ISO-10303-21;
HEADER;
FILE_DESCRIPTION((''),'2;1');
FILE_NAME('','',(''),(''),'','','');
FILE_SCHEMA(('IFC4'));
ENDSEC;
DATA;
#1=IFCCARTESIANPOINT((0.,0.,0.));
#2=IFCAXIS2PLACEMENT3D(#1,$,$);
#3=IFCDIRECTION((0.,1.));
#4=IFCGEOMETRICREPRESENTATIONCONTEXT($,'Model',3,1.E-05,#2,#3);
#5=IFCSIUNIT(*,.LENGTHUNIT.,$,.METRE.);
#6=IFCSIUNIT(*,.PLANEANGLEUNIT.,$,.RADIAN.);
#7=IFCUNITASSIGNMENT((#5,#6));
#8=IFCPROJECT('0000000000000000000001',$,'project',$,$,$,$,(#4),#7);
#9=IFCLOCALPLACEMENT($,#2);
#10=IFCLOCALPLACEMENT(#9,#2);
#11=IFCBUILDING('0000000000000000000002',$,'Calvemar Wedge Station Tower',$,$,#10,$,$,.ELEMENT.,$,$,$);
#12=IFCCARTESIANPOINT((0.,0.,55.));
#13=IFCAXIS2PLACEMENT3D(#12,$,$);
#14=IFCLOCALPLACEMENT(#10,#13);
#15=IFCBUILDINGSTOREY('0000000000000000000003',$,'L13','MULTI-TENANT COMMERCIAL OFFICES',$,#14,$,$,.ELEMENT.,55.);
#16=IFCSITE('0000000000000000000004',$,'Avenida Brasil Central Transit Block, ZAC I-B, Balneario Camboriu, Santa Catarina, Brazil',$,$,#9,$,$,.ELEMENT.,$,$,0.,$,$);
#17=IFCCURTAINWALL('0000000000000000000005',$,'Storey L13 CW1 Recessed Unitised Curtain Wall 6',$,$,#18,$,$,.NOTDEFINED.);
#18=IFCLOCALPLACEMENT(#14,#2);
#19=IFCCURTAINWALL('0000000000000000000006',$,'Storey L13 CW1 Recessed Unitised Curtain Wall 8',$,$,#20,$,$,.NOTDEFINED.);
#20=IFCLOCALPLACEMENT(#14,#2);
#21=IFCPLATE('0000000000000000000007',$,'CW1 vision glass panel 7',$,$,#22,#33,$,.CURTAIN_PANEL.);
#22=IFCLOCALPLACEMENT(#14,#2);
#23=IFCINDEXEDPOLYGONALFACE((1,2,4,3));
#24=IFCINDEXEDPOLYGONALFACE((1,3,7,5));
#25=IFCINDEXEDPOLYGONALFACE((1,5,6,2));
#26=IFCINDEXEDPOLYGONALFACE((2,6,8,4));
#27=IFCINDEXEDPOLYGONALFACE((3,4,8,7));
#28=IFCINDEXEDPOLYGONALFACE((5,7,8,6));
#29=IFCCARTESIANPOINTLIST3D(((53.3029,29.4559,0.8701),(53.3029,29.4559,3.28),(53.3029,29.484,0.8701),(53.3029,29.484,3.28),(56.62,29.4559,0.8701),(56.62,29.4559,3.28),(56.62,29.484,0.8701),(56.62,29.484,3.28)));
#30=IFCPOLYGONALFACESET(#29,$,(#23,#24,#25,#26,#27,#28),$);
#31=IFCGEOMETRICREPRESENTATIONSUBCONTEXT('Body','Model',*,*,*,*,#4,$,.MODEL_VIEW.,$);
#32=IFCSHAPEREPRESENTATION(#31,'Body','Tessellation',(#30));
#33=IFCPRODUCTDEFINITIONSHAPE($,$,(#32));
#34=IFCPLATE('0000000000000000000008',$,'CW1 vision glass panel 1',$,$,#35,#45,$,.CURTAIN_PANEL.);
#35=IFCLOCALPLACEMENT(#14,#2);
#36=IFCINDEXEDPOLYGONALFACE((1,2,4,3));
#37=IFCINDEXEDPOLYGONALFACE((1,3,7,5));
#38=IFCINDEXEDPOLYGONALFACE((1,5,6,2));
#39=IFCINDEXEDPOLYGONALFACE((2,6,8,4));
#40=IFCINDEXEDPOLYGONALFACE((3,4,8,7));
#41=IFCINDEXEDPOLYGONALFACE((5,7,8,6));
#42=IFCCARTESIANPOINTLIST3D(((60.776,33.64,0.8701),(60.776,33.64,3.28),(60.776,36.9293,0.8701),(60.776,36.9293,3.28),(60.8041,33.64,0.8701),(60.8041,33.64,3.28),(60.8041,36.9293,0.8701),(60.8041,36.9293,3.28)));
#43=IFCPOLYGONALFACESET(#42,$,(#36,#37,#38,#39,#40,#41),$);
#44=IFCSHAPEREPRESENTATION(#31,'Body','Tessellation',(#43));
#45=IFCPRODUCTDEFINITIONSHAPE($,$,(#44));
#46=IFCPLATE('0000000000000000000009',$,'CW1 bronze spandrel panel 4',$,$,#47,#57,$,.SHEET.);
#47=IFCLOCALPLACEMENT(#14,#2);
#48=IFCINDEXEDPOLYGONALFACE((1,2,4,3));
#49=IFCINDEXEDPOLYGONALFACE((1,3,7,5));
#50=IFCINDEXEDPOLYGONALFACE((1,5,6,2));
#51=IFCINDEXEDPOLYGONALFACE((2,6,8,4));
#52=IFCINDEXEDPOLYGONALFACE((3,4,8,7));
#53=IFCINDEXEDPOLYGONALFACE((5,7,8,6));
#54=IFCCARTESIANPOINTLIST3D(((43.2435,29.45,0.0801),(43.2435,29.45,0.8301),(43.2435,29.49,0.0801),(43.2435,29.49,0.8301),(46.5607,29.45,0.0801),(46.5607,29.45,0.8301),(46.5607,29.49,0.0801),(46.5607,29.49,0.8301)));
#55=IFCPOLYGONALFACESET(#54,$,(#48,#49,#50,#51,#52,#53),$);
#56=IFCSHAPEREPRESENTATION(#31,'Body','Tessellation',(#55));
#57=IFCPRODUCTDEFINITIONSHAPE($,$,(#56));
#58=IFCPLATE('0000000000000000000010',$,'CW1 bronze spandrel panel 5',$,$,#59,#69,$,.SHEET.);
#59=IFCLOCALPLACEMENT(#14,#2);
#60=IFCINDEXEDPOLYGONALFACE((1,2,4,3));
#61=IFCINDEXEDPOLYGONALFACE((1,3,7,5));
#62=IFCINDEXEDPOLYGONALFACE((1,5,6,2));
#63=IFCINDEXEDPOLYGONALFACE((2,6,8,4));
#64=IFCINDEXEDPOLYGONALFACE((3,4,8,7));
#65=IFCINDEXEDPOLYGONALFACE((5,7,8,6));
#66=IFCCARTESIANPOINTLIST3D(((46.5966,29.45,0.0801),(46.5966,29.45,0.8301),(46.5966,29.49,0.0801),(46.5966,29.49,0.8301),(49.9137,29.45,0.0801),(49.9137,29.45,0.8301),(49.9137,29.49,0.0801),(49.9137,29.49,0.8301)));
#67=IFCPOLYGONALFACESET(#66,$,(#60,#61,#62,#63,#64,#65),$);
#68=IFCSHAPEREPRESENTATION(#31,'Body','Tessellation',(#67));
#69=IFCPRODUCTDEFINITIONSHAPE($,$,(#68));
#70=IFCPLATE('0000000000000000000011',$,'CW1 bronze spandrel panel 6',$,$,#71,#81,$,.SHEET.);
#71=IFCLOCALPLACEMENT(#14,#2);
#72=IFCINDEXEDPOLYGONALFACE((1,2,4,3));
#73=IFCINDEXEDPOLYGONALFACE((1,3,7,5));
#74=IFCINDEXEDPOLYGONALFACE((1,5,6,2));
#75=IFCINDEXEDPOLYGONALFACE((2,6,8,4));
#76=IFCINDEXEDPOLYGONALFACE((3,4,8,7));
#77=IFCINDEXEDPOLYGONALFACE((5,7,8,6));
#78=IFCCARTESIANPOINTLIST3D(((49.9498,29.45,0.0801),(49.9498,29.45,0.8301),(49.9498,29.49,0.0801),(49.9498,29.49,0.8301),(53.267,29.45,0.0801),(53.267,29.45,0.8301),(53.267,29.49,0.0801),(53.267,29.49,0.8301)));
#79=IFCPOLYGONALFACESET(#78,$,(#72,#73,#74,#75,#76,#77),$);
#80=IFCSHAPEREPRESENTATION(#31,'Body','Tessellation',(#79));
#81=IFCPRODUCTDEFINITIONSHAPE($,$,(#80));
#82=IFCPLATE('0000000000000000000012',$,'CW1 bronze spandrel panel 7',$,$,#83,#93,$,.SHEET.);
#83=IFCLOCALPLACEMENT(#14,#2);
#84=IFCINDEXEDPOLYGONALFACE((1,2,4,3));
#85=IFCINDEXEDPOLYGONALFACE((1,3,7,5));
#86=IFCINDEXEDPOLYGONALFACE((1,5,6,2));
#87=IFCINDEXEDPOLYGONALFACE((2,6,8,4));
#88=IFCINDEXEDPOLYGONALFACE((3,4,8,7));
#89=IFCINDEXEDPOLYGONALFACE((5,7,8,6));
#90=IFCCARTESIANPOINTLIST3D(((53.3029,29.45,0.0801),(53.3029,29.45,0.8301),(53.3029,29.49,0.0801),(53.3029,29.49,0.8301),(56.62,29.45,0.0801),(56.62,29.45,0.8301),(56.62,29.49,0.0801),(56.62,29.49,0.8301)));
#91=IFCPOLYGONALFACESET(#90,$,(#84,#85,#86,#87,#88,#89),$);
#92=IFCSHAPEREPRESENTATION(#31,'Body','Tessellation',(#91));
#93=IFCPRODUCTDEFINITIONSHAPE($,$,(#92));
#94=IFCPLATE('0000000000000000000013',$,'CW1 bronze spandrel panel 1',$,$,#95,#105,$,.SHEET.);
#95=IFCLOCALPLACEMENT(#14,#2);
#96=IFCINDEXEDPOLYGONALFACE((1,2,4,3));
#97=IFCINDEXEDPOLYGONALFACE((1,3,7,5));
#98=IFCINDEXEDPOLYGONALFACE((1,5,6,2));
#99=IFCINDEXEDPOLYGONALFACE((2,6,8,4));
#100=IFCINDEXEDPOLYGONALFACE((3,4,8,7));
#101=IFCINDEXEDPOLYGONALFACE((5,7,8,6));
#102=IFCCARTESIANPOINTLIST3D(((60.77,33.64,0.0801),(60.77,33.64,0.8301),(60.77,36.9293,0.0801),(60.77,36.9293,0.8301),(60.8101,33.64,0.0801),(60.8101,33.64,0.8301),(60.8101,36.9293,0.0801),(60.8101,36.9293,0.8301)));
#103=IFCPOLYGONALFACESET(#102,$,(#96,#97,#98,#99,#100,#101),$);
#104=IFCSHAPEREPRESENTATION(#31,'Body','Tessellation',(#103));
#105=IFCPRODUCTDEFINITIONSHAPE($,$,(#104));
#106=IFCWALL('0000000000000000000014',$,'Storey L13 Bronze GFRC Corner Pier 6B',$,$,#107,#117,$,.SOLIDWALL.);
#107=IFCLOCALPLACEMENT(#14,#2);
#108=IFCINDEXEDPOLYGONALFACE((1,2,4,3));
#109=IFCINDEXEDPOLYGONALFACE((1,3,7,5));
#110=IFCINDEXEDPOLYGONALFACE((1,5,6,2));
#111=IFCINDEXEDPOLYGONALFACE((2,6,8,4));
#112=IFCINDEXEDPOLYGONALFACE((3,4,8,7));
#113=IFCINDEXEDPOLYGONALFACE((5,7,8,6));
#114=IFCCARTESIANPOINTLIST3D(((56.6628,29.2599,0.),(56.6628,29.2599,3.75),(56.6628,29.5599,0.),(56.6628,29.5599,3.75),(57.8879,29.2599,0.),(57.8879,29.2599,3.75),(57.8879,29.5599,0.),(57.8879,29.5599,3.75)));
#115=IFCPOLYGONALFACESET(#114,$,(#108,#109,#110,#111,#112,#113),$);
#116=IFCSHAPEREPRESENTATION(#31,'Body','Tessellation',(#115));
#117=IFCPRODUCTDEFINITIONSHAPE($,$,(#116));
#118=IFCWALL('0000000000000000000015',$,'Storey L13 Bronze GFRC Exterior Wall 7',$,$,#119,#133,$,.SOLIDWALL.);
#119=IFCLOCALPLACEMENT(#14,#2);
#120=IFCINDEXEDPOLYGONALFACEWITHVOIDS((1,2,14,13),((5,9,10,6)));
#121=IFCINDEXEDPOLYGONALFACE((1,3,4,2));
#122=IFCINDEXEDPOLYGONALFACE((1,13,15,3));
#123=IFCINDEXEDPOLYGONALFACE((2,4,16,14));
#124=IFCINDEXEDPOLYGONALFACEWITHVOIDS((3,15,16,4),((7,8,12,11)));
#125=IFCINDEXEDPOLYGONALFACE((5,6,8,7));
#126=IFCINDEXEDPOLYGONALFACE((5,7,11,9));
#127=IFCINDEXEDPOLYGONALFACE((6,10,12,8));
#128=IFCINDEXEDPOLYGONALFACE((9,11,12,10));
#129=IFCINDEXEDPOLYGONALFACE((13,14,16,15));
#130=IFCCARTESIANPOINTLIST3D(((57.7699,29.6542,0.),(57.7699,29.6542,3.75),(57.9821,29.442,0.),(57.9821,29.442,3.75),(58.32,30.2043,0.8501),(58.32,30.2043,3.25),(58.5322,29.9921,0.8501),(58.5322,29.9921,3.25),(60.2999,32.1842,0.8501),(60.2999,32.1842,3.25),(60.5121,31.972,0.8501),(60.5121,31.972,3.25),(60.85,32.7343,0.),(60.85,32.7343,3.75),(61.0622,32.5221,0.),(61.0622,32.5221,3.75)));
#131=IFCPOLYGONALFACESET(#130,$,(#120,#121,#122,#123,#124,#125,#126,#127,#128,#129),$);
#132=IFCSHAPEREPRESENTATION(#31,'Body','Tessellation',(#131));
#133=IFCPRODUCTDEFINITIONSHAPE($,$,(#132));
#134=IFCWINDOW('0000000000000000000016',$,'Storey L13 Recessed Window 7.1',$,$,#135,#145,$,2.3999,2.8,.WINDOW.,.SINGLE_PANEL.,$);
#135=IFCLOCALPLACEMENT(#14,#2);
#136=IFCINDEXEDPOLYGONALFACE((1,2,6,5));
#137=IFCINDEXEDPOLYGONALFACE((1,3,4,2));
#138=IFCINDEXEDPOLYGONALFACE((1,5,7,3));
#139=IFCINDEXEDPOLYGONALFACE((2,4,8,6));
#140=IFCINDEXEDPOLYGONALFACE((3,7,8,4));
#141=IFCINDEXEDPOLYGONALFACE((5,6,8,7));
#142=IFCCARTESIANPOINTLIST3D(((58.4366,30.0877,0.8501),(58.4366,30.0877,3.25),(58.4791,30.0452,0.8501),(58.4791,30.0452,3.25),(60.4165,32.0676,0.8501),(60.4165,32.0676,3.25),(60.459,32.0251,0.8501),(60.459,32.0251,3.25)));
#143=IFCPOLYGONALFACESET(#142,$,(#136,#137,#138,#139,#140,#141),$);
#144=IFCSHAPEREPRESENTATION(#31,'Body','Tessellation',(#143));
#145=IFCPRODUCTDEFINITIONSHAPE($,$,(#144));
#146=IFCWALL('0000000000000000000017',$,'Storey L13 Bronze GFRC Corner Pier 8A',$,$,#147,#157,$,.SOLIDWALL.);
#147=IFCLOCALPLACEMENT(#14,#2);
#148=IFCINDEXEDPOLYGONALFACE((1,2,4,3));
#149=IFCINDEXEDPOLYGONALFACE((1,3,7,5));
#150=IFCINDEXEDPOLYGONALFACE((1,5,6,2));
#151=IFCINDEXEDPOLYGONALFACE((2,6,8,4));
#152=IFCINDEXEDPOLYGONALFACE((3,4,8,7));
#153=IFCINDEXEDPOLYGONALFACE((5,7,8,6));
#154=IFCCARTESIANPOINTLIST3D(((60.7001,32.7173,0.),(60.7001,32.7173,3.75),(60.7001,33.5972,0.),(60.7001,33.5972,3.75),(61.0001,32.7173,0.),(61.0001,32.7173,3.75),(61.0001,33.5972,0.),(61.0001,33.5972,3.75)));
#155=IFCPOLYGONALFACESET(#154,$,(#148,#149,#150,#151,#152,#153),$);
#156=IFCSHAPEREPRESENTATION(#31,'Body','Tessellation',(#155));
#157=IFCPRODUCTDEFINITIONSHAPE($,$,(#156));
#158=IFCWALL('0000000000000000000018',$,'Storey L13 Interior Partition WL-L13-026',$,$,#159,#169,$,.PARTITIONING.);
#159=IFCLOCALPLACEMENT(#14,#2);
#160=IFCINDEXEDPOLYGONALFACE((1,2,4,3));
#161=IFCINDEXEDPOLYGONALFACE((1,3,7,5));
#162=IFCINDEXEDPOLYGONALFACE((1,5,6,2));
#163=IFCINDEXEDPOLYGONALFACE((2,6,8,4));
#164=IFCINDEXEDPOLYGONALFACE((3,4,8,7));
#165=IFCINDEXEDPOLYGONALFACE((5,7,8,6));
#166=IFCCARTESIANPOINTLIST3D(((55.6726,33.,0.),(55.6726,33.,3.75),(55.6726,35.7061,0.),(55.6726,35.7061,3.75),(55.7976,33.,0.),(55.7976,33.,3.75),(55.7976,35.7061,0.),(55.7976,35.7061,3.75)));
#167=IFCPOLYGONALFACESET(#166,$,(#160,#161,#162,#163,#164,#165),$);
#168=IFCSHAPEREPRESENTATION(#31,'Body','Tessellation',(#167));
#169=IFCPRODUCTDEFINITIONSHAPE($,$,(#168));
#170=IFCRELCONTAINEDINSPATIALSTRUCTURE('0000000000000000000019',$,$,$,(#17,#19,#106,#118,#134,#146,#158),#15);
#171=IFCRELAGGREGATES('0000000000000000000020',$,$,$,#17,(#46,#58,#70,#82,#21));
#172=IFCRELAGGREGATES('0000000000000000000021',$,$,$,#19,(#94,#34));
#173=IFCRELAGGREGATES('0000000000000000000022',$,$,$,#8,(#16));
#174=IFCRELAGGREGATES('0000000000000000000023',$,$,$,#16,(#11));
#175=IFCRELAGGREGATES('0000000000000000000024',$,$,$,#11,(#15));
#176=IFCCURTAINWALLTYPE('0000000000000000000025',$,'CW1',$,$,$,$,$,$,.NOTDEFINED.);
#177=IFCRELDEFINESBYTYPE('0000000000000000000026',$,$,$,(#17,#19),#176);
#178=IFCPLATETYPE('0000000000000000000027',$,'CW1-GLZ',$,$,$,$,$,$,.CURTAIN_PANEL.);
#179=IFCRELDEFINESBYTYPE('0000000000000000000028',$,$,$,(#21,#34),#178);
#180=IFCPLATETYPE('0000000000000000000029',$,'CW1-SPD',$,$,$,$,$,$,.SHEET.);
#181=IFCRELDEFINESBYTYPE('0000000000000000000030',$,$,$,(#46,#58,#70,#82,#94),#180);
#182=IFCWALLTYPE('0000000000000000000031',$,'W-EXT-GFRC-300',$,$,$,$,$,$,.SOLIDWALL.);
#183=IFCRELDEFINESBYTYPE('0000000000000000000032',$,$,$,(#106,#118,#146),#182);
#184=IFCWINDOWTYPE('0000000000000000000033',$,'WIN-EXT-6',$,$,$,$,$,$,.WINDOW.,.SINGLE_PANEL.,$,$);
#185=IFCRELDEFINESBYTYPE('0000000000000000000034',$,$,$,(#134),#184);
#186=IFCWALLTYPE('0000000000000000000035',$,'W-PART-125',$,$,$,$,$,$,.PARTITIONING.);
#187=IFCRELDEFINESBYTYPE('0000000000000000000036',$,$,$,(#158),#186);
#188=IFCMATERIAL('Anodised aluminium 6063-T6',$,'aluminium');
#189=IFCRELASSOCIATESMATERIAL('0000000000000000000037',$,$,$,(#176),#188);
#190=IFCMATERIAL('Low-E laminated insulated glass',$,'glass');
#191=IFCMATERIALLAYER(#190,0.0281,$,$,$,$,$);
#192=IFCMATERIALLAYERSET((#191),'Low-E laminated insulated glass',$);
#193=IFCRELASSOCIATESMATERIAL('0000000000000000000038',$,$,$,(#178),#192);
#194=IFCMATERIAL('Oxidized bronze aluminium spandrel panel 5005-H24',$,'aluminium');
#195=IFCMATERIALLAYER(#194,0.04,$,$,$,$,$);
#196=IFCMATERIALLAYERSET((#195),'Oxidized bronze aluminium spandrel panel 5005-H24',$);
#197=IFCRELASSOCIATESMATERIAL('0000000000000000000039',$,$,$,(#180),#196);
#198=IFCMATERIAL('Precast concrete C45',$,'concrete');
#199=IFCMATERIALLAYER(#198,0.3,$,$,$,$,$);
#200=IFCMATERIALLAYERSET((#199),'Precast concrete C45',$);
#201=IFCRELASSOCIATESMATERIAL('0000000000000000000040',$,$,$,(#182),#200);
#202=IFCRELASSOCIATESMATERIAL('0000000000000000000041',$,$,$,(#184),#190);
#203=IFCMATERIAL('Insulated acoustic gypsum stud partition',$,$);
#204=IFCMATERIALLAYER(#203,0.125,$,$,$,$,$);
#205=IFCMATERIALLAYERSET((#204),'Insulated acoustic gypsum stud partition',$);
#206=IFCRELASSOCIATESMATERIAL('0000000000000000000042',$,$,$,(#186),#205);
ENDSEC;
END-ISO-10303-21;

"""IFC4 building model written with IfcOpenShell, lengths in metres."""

from ifc_helpers import new_model, si_unit, direction, frame, frame_2d, origin, place, context, subcontext, project, spatial, rectangle, extrude, source, transform, mapped, material, layer, layer_set, type_object, element, fill, aggregate, save


model = new_model("IFC4")

# Units and contexts
model_context = context("Model", 3, precision=1e-05, world=origin(), true_north=direction((0.0, 1.0)))
body_context = subcontext(model_context, "Body", "Model", "MODEL_VIEW")
ifc_project = project(units=[si_unit("LENGTHUNIT", "METRE"), si_unit("PLANEANGLEUNIT", "RADIAN")], contexts=[model_context])

# Site, building, storey
site_placement = place(None, origin())
site = spatial("IfcSite", under=ifc_project, at=site_placement, Name="Avenida Brasil Central Transit Block, ZAC I-B, Balneario Camboriu, Santa Catarina, Brazil", CompositionType="ELEMENT", RefElevation=0.0)
building_placement = place(site_placement, origin())
building = spatial("IfcBuilding", under=site, at=building_placement, Name="Calvemar Wedge Station Tower", CompositionType="ELEMENT")
storey_placement = place(building_placement, frame((0.0, 0.0, 55.0)))
storey = spatial("IfcBuildingStorey", under=building, at=storey_placement, Name="L13", Description="MULTI-TENANT COMMERCIAL OFFICES", CompositionType="ELEMENT", Elevation=55.0)

# Curtain walls
ifc_material_1 = material(Name="Anodised aluminium 6063-T6", Category="aluminium")
curtain_wall_type = type_object("IfcCurtainWallType", Name="CW1", PredefinedType="NOTDEFINED", material=ifc_material_1)
curtain_wall_1_placement = place(storey_placement, origin())
curtain_wall_1 = element("IfcCurtainWall", 1, at=curtain_wall_1_placement, inside=storey, type_object=curtain_wall_type, Name="Storey L13 CW1 Recessed Unitised Curtain Wall 6", PredefinedType="NOTDEFINED")
curtain_wall_2_placement = place(storey_placement, origin())
curtain_wall_2 = element("IfcCurtainWall", 2, at=curtain_wall_2_placement, inside=storey, type_object=curtain_wall_type, Name="Storey L13 CW1 Recessed Unitised Curtain Wall 8", PredefinedType="NOTDEFINED")

# Plates
ifc_material_2 = material(Name="Low-E laminated insulated glass", Category="glass")
ifc_layer_1 = layer(ifc_material_2, 0.0281)
ifc_layer_set_1 = layer_set([ifc_layer_1], Name="Low-E laminated insulated glass")
plate_type_1 = type_object("IfcPlateType", Name="CW1-GLZ", PredefinedType="CURTAIN_PANEL", material=ifc_layer_set_1)
plate_1_placement = place(storey_placement, frame((53.3027, 29.47, 0.8701), z_axis=(0.0, 0.0, 1.0), x_axis=(1.0, 0.0, 0.0)))
plate_1 = element("IfcPlate", 3, at=plate_1_placement, type_object=plate_type_1, Name="CW1 vision glass panel 7", PredefinedType="CURTAIN_PANEL", context=body_context, shape_type="SweptSolid", body=[
    extrude(rectangle(XDim=3.3171, YDim=0.0281, at=frame_2d((1.6587, 0.0))), origin(), (0.0, 0.0, 1.0), 2.4099),
])
plate_2_placement = place(storey_placement, frame((60.79, 33.6401, 0.8701), z_axis=(0.0, 0.0, 1.0), x_axis=(0.0, 1.0, 0.0)))
plate_2 = element("IfcPlate", 4, at=plate_2_placement, type_object=plate_type_1, Name="CW1 vision glass panel 1", PredefinedType="CURTAIN_PANEL", context=body_context, shape_type="SweptSolid", body=[
    extrude(rectangle(XDim=3.2893, YDim=0.0281, at=frame_2d((1.6445, 0.0))), origin(), (0.0, 0.0, 1.0), 2.4099),
])
ifc_material_3 = material(Name="Oxidized bronze aluminium spandrel panel 5005-H24", Category="aluminium")
ifc_layer_2 = layer(ifc_material_3, 0.04)
ifc_layer_set_2 = layer_set([ifc_layer_2], Name="Oxidized bronze aluminium spandrel panel 5005-H24")
plate_type_2 = type_object("IfcPlateType", Name="CW1-SPD", PredefinedType="SHEET", material=ifc_layer_set_2)
plate_3_placement = place(storey_placement, frame((43.2434, 29.47, 0.0801), z_axis=(0.0, 0.0, 1.0), x_axis=(1.0, 0.0, 0.0)))
plate_3 = element("IfcPlate", 5, at=plate_3_placement, type_object=plate_type_2, Name="CW1 bronze spandrel panel 4", PredefinedType="SHEET", context=body_context, shape_type="SweptSolid", body=[
    extrude(rectangle(XDim=3.3171, YDim=0.04, at=frame_2d((1.6587, 0.0))), origin(), (0.0, 0.0, 1.0), 0.75),
])
plate_4_placement = place(storey_placement, frame((46.5964, 29.47, 0.0801), z_axis=(0.0, 0.0, 1.0), x_axis=(1.0, 0.0, 0.0)))
plate_4 = element("IfcPlate", 6, at=plate_4_placement, type_object=plate_type_2, Name="CW1 bronze spandrel panel 5", PredefinedType="SHEET", context=body_context, shape_type="SweptSolid", body=[
    extrude(rectangle(XDim=3.3171, YDim=0.04, at=frame_2d((1.6587, 0.0))), origin(), (0.0, 0.0, 1.0), 0.75),
])
plate_5_placement = place(storey_placement, frame((49.9497, 29.47, 0.0801), z_axis=(0.0, 0.0, 1.0), x_axis=(1.0, 0.0, 0.0)))
plate_5 = element("IfcPlate", 7, at=plate_5_placement, type_object=plate_type_2, Name="CW1 bronze spandrel panel 6", PredefinedType="SHEET", context=body_context, shape_type="SweptSolid", body=[
    extrude(rectangle(XDim=3.3171, YDim=0.04, at=frame_2d((1.6587, 0.0))), origin(), (0.0, 0.0, 1.0), 0.75),
])
plate_6_placement = place(storey_placement, frame((53.3027, 29.47, 0.0801), z_axis=(0.0, 0.0, 1.0), x_axis=(1.0, 0.0, 0.0)))
plate_6 = element("IfcPlate", 8, at=plate_6_placement, type_object=plate_type_2, Name="CW1 bronze spandrel panel 7", PredefinedType="SHEET", context=body_context, shape_type="SweptSolid", body=[
    extrude(rectangle(XDim=3.3171, YDim=0.04, at=frame_2d((1.6587, 0.0))), origin(), (0.0, 0.0, 1.0), 0.75),
])
aggregate(curtain_wall_1, [plate_3, plate_4, plate_5, plate_6, plate_1])
plate_7_placement = place(storey_placement, frame((60.79, 33.6401, 0.0801), z_axis=(0.0, 0.0, 1.0), x_axis=(0.0, 1.0, 0.0)))
plate_7 = element("IfcPlate", 9, at=plate_7_placement, type_object=plate_type_2, Name="CW1 bronze spandrel panel 1", PredefinedType="SHEET", context=body_context, shape_type="SweptSolid", body=[
    extrude(rectangle(XDim=3.2893, YDim=0.04, at=frame_2d((1.6445, 0.0))), origin(), (0.0, 0.0, 1.0), 0.75),
])
aggregate(curtain_wall_2, [plate_7, plate_2])

# Wall
ifc_material_4 = material(Name="Precast concrete C45", Category="concrete")
ifc_layer_3 = layer(ifc_material_4, 0.3)
ifc_layer_set_3 = layer_set([ifc_layer_3], Name="Precast concrete C45")
wall_type_1 = type_object("IfcWallType", Name="W-EXT-GFRC-300", PredefinedType="SOLIDWALL", material=ifc_layer_set_3)
wall_1_placement = place(storey_placement, frame((56.6628, 29.4099, 0.0), z_axis=(0.0, 0.0, 1.0), x_axis=(1.0, 0.0, 0.0)))
element("IfcWall", 10, at=wall_1_placement, inside=storey, type_object=wall_type_1, Name="Storey L13 Bronze GFRC Corner Pier 6B", PredefinedType="SOLIDWALL", context=body_context, shape_type="SweptSolid", body=[
    extrude(rectangle(XDim=1.2251, YDim=0.3, at=frame_2d((0.6125, 0.0))), origin(), (0.0, 0.0, 1.0), 3.75),
])

# Wall, opening, window
wall_2_placement = place(storey_placement, frame((57.876, 29.5481, 0.0), z_axis=(0.0, 0.0, 1.0), x_axis=(0.707107, 0.707107, 0.0)))
wall_2 = element("IfcWall", 11, at=wall_2_placement, inside=storey, type_object=wall_type_1, Name="Storey L13 Bronze GFRC Exterior Wall 7", PredefinedType="SOLIDWALL", context=body_context, shape_type="SweptSolid", body=[
    extrude(rectangle(XDim=4.356, YDim=0.3, at=frame_2d((2.178, 0.0))), origin(), (0.0, 0.0, 1.0), 3.75),
])
shared_shape_1 = source(origin(), body_context, "Body", "SweptSolid", [
    extrude(rectangle(XDim=2.8, YDim=2.3999, at=frame_2d((1.3999, 1.2))), frame((0.0, 0.1602, 0.0), z_axis=(0.0, -1.0, 0.0), x_axis=(1.0, 0.0, 0.0)), (0.0, 0.0, 1.0), 0.3201),
])
opening_placement = place(wall_2_placement, frame((0.7781, 0.0, 0.8501)))
opening = element("IfcOpeningElement", 12, at=opening_placement, cuts=wall_2, PredefinedType="OPENING", context=body_context, shape_type="MappedRepresentation", body=[
    mapped(shared_shape_1, transform((0.0, 0.0, 0.0), scale=1.0)),
])
window_type = type_object("IfcWindowType", Name="WIN-EXT-6", PartitioningType="SINGLE_PANEL", PredefinedType="WINDOW", material=ifc_material_2)
shared_shape_2 = source(origin(), body_context, "Body", "SweptSolid", [
    extrude(rectangle(XDim=2.8, YDim=2.3999, at=frame_2d((1.3999, 1.2))), frame((0.0, -0.0149, 0.0), z_axis=(0.0, -1.0, 0.0), x_axis=(1.0, 0.0, 0.0)), (0.0, 0.0, 1.0), 0.0601),
])
window_placement = place(opening_placement, origin())
window = element("IfcWindow", 13, at=window_placement, inside=storey, type_object=window_type, Name="Storey L13 Recessed Window 7.1", OverallHeight=2.3999, OverallWidth=2.8, PartitioningType="SINGLE_PANEL", PredefinedType="WINDOW", context=body_context, shape_type="MappedRepresentation", body=[
    mapped(shared_shape_2, transform((0.0, 0.0, 0.0), scale=1.0)),
])
fill(opening, window)

# Walls
wall_3_placement = place(storey_placement, frame((60.8501, 32.7173, 0.0), z_axis=(0.0, 0.0, 1.0), x_axis=(0.0, 1.0, 0.0)))
element("IfcWall", 14, at=wall_3_placement, inside=storey, type_object=wall_type_1, Name="Storey L13 Bronze GFRC Corner Pier 8A", PredefinedType="SOLIDWALL", context=body_context, shape_type="SweptSolid", body=[
    extrude(rectangle(XDim=0.8799, YDim=0.3, at=frame_2d((0.4399, 0.0))), origin(), (0.0, 0.0, 1.0), 3.75),
])
ifc_material_5 = material(Name="Insulated acoustic gypsum stud partition")
ifc_layer_4 = layer(ifc_material_5, 0.125)
ifc_layer_set_4 = layer_set([ifc_layer_4], Name="Insulated acoustic gypsum stud partition")
wall_type_2 = type_object("IfcWallType", Name="W-PART-125", PredefinedType="PARTITIONING", material=ifc_layer_set_4)
wall_4_placement = place(storey_placement, frame((55.7351, 33.0, 0.0), z_axis=(0.0, 0.0, 1.0), x_axis=(0.0, 1.0, 0.0)))
element("IfcWall", 15, at=wall_4_placement, inside=storey, type_object=wall_type_2, Name="Storey L13 Interior Partition WL-L13-026", PredefinedType="PARTITIONING", context=body_context, shape_type="SweptSolid", body=[
    extrude(rectangle(XDim=2.7061, YDim=0.125, at=frame_2d((1.353, 0.0))), origin(), (0.0, 0.0, 1.0), 3.75),
])

save(model, "model.ifc")
